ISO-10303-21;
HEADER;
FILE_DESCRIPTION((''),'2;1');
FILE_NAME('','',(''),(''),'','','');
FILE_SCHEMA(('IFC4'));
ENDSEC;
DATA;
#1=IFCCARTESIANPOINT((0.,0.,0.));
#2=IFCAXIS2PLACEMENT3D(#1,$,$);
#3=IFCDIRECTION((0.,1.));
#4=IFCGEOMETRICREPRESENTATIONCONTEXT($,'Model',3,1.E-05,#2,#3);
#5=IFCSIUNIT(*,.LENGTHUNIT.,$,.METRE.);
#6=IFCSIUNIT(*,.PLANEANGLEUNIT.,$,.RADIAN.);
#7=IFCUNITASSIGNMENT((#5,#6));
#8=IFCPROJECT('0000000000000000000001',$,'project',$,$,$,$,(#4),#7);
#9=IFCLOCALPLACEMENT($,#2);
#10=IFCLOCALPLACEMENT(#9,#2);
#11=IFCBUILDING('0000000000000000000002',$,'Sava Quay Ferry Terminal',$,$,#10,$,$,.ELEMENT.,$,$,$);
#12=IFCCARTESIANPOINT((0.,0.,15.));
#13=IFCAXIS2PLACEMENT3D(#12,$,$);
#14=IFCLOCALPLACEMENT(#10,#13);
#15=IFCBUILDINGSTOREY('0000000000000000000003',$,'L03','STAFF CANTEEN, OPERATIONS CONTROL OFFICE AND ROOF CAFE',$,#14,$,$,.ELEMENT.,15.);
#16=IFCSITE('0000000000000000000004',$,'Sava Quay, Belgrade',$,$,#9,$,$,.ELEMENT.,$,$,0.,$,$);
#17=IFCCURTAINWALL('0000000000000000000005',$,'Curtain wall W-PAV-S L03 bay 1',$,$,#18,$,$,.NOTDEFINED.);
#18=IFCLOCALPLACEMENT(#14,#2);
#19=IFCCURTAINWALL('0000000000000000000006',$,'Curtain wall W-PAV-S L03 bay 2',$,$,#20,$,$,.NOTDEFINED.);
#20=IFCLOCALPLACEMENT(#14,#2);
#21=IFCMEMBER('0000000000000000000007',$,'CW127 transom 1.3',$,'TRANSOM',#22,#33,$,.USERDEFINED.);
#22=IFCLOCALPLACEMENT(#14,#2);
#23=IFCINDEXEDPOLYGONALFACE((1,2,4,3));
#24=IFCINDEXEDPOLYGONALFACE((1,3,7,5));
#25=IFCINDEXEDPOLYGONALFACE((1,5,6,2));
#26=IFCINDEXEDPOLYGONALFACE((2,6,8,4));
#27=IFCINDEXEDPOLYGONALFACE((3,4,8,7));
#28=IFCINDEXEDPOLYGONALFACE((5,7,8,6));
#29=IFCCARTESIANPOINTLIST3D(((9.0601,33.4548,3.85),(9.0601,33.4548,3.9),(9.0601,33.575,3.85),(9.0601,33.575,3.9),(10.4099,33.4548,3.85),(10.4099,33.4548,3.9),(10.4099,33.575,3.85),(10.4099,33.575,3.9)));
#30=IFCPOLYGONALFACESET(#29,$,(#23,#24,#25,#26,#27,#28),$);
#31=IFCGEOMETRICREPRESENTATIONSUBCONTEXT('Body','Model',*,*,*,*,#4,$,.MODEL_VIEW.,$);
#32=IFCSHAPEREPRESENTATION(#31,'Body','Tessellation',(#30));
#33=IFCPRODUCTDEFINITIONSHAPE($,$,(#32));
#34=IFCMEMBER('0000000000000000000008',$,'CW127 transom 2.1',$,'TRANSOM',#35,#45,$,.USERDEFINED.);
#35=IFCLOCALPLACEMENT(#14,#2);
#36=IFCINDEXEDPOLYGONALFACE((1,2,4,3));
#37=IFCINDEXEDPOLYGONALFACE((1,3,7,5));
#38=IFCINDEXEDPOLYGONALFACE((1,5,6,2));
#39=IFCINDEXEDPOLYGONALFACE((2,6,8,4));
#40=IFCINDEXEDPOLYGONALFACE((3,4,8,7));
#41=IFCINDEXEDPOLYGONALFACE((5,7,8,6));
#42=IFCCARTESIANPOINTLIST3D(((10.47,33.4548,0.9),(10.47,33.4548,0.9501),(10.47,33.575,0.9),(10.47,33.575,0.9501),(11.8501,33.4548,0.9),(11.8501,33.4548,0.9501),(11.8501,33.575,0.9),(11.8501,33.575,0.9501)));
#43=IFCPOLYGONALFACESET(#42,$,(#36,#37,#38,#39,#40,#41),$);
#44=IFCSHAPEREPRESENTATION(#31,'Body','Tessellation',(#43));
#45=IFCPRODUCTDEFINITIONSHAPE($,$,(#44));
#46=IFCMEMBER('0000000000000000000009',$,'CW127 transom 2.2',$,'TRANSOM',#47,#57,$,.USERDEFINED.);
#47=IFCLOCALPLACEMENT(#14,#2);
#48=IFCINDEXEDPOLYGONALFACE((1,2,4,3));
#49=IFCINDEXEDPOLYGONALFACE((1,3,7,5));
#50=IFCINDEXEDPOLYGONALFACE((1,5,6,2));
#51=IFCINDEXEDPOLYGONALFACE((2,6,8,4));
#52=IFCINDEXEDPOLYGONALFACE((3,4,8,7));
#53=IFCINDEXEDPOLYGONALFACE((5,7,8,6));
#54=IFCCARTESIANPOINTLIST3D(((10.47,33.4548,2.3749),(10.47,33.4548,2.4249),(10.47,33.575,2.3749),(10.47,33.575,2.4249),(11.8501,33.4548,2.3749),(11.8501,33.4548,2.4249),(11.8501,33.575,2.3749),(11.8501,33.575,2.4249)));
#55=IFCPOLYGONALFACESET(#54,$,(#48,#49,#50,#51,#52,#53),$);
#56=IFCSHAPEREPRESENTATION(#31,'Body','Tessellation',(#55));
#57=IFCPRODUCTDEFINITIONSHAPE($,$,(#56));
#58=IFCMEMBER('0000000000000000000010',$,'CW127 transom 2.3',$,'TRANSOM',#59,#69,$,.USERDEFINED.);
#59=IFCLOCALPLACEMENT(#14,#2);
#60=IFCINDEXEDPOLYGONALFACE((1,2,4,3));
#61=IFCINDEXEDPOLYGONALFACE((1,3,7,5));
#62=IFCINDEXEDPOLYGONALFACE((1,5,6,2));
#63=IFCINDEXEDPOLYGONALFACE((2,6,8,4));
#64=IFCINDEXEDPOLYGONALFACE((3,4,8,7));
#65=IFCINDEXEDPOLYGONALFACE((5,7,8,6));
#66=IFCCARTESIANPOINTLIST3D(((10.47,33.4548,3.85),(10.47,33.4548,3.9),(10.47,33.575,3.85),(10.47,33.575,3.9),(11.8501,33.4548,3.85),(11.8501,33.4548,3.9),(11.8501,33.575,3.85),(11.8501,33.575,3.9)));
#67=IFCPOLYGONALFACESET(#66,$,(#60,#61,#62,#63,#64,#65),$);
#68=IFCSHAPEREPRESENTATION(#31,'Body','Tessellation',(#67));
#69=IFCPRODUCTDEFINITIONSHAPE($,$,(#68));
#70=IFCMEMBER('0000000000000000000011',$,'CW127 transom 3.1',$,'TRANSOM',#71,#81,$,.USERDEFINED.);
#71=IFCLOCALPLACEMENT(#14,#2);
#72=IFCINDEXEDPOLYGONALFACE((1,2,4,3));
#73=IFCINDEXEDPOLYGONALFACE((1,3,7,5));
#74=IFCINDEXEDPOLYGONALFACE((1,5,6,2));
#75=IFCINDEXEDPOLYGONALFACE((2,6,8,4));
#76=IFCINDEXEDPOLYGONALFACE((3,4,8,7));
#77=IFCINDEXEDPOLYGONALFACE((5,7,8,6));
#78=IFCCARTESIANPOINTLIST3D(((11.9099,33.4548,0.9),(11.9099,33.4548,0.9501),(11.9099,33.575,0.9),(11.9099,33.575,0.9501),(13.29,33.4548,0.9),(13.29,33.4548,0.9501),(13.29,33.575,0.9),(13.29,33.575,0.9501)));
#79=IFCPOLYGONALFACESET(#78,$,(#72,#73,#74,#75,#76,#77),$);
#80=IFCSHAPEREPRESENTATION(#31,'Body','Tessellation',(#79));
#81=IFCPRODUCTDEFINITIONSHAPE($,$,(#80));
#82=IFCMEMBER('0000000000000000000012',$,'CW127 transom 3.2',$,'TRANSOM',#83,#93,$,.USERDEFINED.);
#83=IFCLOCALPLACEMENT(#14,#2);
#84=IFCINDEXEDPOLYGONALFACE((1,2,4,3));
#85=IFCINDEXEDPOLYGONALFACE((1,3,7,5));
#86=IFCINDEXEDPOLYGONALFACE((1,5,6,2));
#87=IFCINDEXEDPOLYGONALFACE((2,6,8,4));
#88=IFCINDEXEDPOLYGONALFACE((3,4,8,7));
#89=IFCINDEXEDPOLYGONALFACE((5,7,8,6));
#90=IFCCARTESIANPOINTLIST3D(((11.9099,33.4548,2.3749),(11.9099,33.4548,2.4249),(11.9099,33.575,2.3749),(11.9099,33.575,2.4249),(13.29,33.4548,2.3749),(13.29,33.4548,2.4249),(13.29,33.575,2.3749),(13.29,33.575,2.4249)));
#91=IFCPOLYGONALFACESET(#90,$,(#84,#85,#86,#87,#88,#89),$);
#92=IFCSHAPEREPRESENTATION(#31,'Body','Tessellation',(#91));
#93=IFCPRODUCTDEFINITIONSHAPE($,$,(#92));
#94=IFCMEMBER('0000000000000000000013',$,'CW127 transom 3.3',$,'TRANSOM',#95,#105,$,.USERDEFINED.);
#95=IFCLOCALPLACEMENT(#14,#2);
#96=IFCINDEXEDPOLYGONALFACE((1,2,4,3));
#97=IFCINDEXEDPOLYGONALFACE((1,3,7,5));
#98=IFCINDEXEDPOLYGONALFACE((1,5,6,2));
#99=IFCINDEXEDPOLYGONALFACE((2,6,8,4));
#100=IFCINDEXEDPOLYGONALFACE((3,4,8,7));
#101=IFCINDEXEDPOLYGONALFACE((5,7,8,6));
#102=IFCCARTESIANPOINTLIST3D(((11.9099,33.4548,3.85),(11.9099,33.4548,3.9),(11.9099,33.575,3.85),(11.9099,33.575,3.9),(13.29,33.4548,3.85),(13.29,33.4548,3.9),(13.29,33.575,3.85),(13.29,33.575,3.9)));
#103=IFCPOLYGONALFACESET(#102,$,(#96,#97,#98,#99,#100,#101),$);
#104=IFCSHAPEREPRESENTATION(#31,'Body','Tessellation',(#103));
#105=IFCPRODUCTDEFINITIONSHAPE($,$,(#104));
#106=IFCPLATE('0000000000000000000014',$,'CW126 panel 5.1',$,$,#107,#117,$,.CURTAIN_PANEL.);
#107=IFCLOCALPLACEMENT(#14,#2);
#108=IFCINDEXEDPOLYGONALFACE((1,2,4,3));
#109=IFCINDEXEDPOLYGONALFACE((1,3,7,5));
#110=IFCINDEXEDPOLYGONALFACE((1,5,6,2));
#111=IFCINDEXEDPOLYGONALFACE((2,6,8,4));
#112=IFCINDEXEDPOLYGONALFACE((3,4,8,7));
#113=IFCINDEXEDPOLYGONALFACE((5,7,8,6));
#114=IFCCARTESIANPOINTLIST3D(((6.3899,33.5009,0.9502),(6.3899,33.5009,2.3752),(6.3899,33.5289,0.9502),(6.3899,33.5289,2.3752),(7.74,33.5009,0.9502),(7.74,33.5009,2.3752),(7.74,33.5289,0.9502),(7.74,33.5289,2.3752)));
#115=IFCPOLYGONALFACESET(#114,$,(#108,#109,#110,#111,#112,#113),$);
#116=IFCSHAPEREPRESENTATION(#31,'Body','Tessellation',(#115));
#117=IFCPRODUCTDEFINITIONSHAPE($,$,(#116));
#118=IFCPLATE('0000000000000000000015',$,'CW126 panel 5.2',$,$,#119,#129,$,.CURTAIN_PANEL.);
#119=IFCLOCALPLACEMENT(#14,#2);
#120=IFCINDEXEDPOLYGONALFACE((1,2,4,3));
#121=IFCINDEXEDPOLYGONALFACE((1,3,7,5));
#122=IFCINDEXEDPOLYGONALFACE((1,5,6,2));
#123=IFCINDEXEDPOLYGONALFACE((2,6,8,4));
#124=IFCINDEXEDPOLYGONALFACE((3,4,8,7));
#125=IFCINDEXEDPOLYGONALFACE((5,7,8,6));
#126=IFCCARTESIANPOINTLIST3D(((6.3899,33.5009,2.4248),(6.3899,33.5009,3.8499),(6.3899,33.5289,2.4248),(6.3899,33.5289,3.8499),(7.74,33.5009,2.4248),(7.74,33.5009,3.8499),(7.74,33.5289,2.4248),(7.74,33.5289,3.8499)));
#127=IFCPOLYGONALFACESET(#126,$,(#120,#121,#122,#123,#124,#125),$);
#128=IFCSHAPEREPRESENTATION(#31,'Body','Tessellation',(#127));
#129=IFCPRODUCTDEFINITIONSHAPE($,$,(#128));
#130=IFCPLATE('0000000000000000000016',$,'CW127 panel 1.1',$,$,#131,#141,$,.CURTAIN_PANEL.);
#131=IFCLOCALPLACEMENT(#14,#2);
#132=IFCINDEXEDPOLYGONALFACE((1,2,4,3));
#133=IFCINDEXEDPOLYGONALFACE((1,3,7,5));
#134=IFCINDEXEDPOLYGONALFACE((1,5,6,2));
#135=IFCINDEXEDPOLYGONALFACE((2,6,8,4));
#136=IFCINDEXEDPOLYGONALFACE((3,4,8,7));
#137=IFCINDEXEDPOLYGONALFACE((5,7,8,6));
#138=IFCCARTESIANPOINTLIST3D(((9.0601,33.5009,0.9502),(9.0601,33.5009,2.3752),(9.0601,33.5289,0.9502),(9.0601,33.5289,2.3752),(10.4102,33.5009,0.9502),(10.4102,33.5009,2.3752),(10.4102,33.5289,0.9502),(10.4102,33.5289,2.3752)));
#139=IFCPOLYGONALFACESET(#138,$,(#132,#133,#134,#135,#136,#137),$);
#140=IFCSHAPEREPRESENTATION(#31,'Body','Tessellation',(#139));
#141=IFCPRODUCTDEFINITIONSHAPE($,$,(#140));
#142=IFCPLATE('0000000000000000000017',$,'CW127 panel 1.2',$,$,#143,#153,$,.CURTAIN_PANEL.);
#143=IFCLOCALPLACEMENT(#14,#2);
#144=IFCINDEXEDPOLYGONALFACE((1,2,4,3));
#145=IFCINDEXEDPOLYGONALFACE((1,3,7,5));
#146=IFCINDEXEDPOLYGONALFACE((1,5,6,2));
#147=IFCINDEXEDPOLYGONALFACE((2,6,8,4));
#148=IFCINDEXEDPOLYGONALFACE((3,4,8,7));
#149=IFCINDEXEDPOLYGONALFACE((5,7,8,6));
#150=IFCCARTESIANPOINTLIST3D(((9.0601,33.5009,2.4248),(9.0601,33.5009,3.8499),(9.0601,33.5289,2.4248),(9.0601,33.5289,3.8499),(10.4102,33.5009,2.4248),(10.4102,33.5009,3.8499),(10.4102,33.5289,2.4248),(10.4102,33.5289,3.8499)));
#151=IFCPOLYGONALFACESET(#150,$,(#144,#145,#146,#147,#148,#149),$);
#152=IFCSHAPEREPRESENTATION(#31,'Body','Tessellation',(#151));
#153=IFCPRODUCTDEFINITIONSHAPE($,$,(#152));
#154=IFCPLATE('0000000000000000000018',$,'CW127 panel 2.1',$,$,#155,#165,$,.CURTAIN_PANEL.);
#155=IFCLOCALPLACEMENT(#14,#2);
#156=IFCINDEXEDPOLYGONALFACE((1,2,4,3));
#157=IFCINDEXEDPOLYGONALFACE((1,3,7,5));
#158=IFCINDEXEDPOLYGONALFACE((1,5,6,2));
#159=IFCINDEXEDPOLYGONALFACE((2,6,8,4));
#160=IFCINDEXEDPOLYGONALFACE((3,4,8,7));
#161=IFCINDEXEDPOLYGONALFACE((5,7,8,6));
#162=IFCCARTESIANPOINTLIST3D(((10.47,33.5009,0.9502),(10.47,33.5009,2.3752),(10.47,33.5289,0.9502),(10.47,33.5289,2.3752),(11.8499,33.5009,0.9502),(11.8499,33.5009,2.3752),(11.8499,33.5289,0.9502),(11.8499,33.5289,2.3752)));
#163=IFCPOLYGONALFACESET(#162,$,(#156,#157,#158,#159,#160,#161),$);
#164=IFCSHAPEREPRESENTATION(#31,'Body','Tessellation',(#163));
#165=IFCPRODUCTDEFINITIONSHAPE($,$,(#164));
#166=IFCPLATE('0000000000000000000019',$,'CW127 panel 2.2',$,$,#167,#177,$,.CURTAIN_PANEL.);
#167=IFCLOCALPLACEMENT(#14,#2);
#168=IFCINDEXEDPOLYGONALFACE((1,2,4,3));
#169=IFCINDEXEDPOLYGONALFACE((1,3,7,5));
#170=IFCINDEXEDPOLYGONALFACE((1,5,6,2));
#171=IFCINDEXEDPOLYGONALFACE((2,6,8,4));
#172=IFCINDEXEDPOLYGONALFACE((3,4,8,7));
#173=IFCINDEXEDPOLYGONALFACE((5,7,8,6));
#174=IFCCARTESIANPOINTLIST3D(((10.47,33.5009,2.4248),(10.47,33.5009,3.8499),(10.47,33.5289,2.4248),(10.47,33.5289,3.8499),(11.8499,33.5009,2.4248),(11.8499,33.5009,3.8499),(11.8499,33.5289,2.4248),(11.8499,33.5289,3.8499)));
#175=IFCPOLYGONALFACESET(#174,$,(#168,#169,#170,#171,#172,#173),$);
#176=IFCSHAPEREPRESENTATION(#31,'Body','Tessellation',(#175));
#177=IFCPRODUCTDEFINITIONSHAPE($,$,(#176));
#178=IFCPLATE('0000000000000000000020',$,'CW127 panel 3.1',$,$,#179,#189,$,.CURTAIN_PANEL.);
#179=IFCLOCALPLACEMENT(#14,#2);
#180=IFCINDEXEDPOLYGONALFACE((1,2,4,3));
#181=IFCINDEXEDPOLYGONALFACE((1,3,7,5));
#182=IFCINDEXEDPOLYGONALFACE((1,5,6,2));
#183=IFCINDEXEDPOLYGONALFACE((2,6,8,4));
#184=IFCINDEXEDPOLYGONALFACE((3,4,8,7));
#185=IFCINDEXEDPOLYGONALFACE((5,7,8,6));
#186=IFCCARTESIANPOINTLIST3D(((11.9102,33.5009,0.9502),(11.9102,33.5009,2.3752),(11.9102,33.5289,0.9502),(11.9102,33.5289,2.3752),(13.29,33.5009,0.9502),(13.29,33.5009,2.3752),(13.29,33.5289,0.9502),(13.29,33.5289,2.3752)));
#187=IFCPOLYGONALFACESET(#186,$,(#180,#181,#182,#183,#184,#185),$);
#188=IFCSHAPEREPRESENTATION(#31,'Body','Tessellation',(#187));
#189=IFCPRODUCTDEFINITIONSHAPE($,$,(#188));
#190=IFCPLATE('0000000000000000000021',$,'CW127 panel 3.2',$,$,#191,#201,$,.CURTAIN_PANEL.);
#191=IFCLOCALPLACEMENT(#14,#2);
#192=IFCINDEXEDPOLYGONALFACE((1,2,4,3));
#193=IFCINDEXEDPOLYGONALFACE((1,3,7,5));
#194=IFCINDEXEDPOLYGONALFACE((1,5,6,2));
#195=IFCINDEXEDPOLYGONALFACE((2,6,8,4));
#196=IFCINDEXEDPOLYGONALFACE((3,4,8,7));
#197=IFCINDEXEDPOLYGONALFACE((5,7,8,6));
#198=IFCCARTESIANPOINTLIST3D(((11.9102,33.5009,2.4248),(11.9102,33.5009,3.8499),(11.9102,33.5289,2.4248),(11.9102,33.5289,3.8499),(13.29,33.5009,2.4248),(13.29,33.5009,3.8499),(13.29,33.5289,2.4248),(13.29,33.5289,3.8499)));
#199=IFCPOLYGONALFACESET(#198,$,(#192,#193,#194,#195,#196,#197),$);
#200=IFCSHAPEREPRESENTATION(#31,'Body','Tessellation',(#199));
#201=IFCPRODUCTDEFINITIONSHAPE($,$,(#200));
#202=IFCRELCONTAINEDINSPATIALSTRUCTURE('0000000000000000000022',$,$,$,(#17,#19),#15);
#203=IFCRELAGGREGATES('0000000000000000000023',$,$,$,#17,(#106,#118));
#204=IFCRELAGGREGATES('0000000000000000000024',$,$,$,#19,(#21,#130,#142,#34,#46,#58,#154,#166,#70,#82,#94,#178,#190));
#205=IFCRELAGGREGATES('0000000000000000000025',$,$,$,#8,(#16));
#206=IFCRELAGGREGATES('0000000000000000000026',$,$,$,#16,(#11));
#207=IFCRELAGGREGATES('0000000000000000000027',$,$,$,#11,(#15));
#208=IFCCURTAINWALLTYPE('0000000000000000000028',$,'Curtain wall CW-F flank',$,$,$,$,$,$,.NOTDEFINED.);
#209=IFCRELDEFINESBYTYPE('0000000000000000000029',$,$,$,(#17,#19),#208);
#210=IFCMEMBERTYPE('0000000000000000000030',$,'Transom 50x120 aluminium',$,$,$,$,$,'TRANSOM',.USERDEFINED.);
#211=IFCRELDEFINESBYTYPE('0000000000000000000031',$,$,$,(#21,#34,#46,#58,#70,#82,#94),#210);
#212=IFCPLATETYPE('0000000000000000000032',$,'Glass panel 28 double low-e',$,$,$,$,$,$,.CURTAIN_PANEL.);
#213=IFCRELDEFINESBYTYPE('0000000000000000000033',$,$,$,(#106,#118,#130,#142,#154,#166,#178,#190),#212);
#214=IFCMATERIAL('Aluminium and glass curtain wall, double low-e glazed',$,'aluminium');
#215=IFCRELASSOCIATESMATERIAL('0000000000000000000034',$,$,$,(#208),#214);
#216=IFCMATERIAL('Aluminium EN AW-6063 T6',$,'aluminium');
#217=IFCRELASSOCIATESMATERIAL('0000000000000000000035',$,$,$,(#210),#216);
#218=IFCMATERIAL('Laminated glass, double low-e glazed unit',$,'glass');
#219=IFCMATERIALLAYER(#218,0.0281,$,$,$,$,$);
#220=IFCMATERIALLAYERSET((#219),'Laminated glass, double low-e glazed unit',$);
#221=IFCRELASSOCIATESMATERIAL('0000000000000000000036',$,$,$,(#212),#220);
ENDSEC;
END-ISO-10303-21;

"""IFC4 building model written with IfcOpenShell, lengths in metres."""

from ifc_helpers import new_model, si_unit, direction, frame, origin, origin_2d, place, context, subcontext, project, spatial, rectangle, extrude, material, layer, layer_set, material_profile, profile_set, type_object, element, aggregate, save


model = new_model("IFC4")

# Units and contexts
model_context = context("Model", 3, precision=1e-05, world=origin(), true_north=direction((0.0, 1.0)))
body_context = subcontext(model_context, "Body", "Model", "MODEL_VIEW")
ifc_project = project(units=[si_unit("LENGTHUNIT", "METRE"), si_unit("PLANEANGLEUNIT", "RADIAN")], contexts=[model_context])

# Site, building, storey
site_placement = place(None, origin())
site = spatial("IfcSite", under=ifc_project, at=site_placement, Name="Sava Quay, Belgrade", CompositionType="ELEMENT", RefElevation=0.0)
building_placement = place(site_placement, origin())
building = spatial("IfcBuilding", under=site, at=building_placement, Name="Sava Quay Ferry Terminal", CompositionType="ELEMENT")
storey_placement = place(building_placement, frame((0.0, 0.0, 15.0)))
storey = spatial("IfcBuildingStorey", under=building, at=storey_placement, Name="L03", Description="STAFF CANTEEN, OPERATIONS CONTROL OFFICE AND ROOF CAFE", CompositionType="ELEMENT", Elevation=15.0)

# Curtain wall
ifc_material_1 = material(Name="Aluminium and glass curtain wall, double low-e glazed", Category="aluminium")
curtain_wall_type = type_object("IfcCurtainWallType", Name="Curtain wall CW-F flank", PredefinedType="NOTDEFINED", material=ifc_material_1)
curtain_wall_1_placement = place(storey_placement, origin())
curtain_wall_1 = element("IfcCurtainWall", 1, at=curtain_wall_1_placement, inside=storey, type_object=curtain_wall_type, Name="Curtain wall W-PAV-S L03 bay 1", PredefinedType="NOTDEFINED")

# Curtain wall
curtain_wall_2_placement = place(storey_placement, origin())
curtain_wall_2 = element("IfcCurtainWall", 2, at=curtain_wall_2_placement, inside=storey, type_object=curtain_wall_type, Name="Curtain wall W-PAV-S L03 bay 2", PredefinedType="NOTDEFINED")

# Members
ifc_material_2 = material(Name="Aluminium EN AW-6063 T6", Category="aluminium")
ifc_material_profile_1 = material_profile(ifc_material_2, rectangle(XDim=0.1201, YDim=0.05, at=origin_2d()), Name="Transom 50x120 aluminium")
ifc_profile_set_1 = profile_set([ifc_material_profile_1], Name="Aluminium EN AW-6063 T6")
member_type_1 = type_object("IfcMemberType", Name="Transom 50x120 aluminium", ElementType="TRANSOM", PredefinedType="USERDEFINED", material=ifc_profile_set_1)
member_1_placement = place(storey_placement, frame((9.0601, 33.5149, 3.875), z_axis=(1.0, 0.0, 0.0), x_axis=(0.0, 1.0, 0.0)))
member_1 = element("IfcMember", 3, at=member_1_placement, type_object=member_type_1, Name="CW127 transom 1.3", ObjectType="TRANSOM", PredefinedType="USERDEFINED", context=body_context, shape_type="SweptSolid", body=[
    extrude(rectangle(XDim=0.1201, YDim=0.05, at=origin_2d()), origin(), (0.0, 0.0, 1.0), 1.3499),
])
member_2_placement = place(storey_placement, frame((10.47, 33.5149, 0.925), z_axis=(1.0, 0.0, 0.0), x_axis=(0.0, 1.0, 0.0)))
member_2 = element("IfcMember", 4, at=member_2_placement, type_object=member_type_1, Name="CW127 transom 2.1", ObjectType="TRANSOM", PredefinedType="USERDEFINED", context=body_context, shape_type="SweptSolid", body=[
    extrude(rectangle(XDim=0.1201, YDim=0.05, at=origin_2d()), origin(), (0.0, 0.0, 1.0), 1.3801),
])
member_3_placement = place(storey_placement, frame((10.47, 33.5149, 2.3999), z_axis=(1.0, 0.0, 0.0), x_axis=(0.0, 1.0, 0.0)))
member_3 = element("IfcMember", 5, at=member_3_placement, type_object=member_type_1, Name="CW127 transom 2.2", ObjectType="TRANSOM", PredefinedType="USERDEFINED", context=body_context, shape_type="SweptSolid", body=[
    extrude(rectangle(XDim=0.1201, YDim=0.05, at=origin_2d()), origin(), (0.0, 0.0, 1.0), 1.3801),
])
member_4_placement = place(storey_placement, frame((10.47, 33.5149, 3.875), z_axis=(1.0, 0.0, 0.0), x_axis=(0.0, 1.0, 0.0)))
member_4 = element("IfcMember", 6, at=member_4_placement, type_object=member_type_1, Name="CW127 transom 2.3", ObjectType="TRANSOM", PredefinedType="USERDEFINED", context=body_context, shape_type="SweptSolid", body=[
    extrude(rectangle(XDim=0.1201, YDim=0.05, at=origin_2d()), origin(), (0.0, 0.0, 1.0), 1.3801),
])
member_5_placement = place(storey_placement, frame((11.9099, 33.5149, 0.925), z_axis=(1.0, 0.0, 0.0), x_axis=(0.0, 1.0, 0.0)))
member_5 = element("IfcMember", 7, at=member_5_placement, type_object=member_type_1, Name="CW127 transom 3.1", ObjectType="TRANSOM", PredefinedType="USERDEFINED", context=body_context, shape_type="SweptSolid", body=[
    extrude(rectangle(XDim=0.1201, YDim=0.05, at=origin_2d()), origin(), (0.0, 0.0, 1.0), 1.3801),
])
member_6_placement = place(storey_placement, frame((11.9099, 33.5149, 2.3999), z_axis=(1.0, 0.0, 0.0), x_axis=(0.0, 1.0, 0.0)))
member_6 = element("IfcMember", 8, at=member_6_placement, type_object=member_type_1, Name="CW127 transom 3.2", ObjectType="TRANSOM", PredefinedType="USERDEFINED", context=body_context, shape_type="SweptSolid", body=[
    extrude(rectangle(XDim=0.1201, YDim=0.05, at=origin_2d()), origin(), (0.0, 0.0, 1.0), 1.3801),
])
member_7_placement = place(storey_placement, frame((11.9099, 33.5149, 3.875), z_axis=(1.0, 0.0, 0.0), x_axis=(0.0, 1.0, 0.0)))
member_7 = element("IfcMember", 9, at=member_7_placement, type_object=member_type_1, Name="CW127 transom 3.3", ObjectType="TRANSOM", PredefinedType="USERDEFINED", context=body_context, shape_type="SweptSolid", body=[
    extrude(rectangle(XDim=0.1201, YDim=0.05, at=origin_2d()), origin(), (0.0, 0.0, 1.0), 1.3801),
])

# Plates
ifc_material_3 = material(Name="Laminated glass, double low-e glazed unit", Category="glass")
ifc_layer = layer(ifc_material_3, 0.0281)
ifc_layer_set = layer_set([ifc_layer], Name="Laminated glass, double low-e glazed unit")
plate_type = type_object("IfcPlateType", Name="Glass panel 28 double low-e", PredefinedType="CURTAIN_PANEL", material=ifc_layer_set)
plate_1_placement = place(storey_placement, frame((7.0649, 33.5149, 0.9502), z_axis=(0.0, 0.0, 1.0), x_axis=(1.0, 0.0, 0.0)))
plate_1 = element("IfcPlate", 10, at=plate_1_placement, type_object=plate_type, Name="CW126 panel 5.1", PredefinedType="CURTAIN_PANEL", context=body_context, shape_type="SweptSolid", body=[
    extrude(rectangle(XDim=1.3501, YDim=0.0281, at=origin_2d()), origin(), (0.0, 0.0, 1.0), 1.425),
])
plate_2_placement = place(storey_placement, frame((7.0649, 33.5149, 2.4248), z_axis=(0.0, 0.0, 1.0), x_axis=(1.0, 0.0, 0.0)))
plate_2 = element("IfcPlate", 11, at=plate_2_placement, type_object=plate_type, Name="CW126 panel 5.2", PredefinedType="CURTAIN_PANEL", context=body_context, shape_type="SweptSolid", body=[
    extrude(rectangle(XDim=1.3501, YDim=0.0281, at=origin_2d()), origin(), (0.0, 0.0, 1.0), 1.425),
])
aggregate(curtain_wall_1, [plate_1, plate_2])
plate_3_placement = place(storey_placement, frame((9.7351, 33.5149, 0.9502), z_axis=(0.0, 0.0, 1.0), x_axis=(1.0, 0.0, 0.0)))
plate_3 = element("IfcPlate", 12, at=plate_3_placement, type_object=plate_type, Name="CW127 panel 1.1", PredefinedType="CURTAIN_PANEL", context=body_context, shape_type="SweptSolid", body=[
    extrude(rectangle(XDim=1.3501, YDim=0.0281, at=origin_2d()), origin(), (0.0, 0.0, 1.0), 1.425),
])
plate_4_placement = place(storey_placement, frame((9.7351, 33.5149, 2.4248), z_axis=(0.0, 0.0, 1.0), x_axis=(1.0, 0.0, 0.0)))
plate_4 = element("IfcPlate", 13, at=plate_4_placement, type_object=plate_type, Name="CW127 panel 1.2", PredefinedType="CURTAIN_PANEL", context=body_context, shape_type="SweptSolid", body=[
    extrude(rectangle(XDim=1.3501, YDim=0.0281, at=origin_2d()), origin(), (0.0, 0.0, 1.0), 1.425),
])
plate_5_placement = place(storey_placement, frame((11.1599, 33.5149, 0.9502), z_axis=(0.0, 0.0, 1.0), x_axis=(1.0, 0.0, 0.0)))
plate_5 = element("IfcPlate", 14, at=plate_5_placement, type_object=plate_type, Name="CW127 panel 2.1", PredefinedType="CURTAIN_PANEL", context=body_context, shape_type="SweptSolid", body=[
    extrude(rectangle(XDim=1.3799, YDim=0.0281, at=origin_2d()), origin(), (0.0, 0.0, 1.0), 1.425),
])
plate_6_placement = place(storey_placement, frame((11.1599, 33.5149, 2.4248), z_axis=(0.0, 0.0, 1.0), x_axis=(1.0, 0.0, 0.0)))
plate_6 = element("IfcPlate", 15, at=plate_6_placement, type_object=plate_type, Name="CW127 panel 2.2", PredefinedType="CURTAIN_PANEL", context=body_context, shape_type="SweptSolid", body=[
    extrude(rectangle(XDim=1.3799, YDim=0.0281, at=origin_2d()), origin(), (0.0, 0.0, 1.0), 1.425),
])
plate_7_placement = place(storey_placement, frame((12.6001, 33.5149, 0.9502), z_axis=(0.0, 0.0, 1.0), x_axis=(1.0, 0.0, 0.0)))
plate_7 = element("IfcPlate", 16, at=plate_7_placement, type_object=plate_type, Name="CW127 panel 3.1", PredefinedType="CURTAIN_PANEL", context=body_context, shape_type="SweptSolid", body=[
    extrude(rectangle(XDim=1.3799, YDim=0.0281, at=origin_2d()), origin(), (0.0, 0.0, 1.0), 1.425),
])
plate_8_placement = place(storey_placement, frame((12.6001, 33.5149, 2.4248), z_axis=(0.0, 0.0, 1.0), x_axis=(1.0, 0.0, 0.0)))
plate_8 = element("IfcPlate", 17, at=plate_8_placement, type_object=plate_type, Name="CW127 panel 3.2", PredefinedType="CURTAIN_PANEL", context=body_context, shape_type="SweptSolid", body=[
    extrude(rectangle(XDim=1.3799, YDim=0.0281, at=origin_2d()), origin(), (0.0, 0.0, 1.0), 1.425),
])
aggregate(curtain_wall_2, [member_1, plate_3, plate_4, member_2, member_3, member_4, plate_5, plate_6, member_5, member_6, member_7, plate_7, plate_8])

save(model, "model.ifc")
